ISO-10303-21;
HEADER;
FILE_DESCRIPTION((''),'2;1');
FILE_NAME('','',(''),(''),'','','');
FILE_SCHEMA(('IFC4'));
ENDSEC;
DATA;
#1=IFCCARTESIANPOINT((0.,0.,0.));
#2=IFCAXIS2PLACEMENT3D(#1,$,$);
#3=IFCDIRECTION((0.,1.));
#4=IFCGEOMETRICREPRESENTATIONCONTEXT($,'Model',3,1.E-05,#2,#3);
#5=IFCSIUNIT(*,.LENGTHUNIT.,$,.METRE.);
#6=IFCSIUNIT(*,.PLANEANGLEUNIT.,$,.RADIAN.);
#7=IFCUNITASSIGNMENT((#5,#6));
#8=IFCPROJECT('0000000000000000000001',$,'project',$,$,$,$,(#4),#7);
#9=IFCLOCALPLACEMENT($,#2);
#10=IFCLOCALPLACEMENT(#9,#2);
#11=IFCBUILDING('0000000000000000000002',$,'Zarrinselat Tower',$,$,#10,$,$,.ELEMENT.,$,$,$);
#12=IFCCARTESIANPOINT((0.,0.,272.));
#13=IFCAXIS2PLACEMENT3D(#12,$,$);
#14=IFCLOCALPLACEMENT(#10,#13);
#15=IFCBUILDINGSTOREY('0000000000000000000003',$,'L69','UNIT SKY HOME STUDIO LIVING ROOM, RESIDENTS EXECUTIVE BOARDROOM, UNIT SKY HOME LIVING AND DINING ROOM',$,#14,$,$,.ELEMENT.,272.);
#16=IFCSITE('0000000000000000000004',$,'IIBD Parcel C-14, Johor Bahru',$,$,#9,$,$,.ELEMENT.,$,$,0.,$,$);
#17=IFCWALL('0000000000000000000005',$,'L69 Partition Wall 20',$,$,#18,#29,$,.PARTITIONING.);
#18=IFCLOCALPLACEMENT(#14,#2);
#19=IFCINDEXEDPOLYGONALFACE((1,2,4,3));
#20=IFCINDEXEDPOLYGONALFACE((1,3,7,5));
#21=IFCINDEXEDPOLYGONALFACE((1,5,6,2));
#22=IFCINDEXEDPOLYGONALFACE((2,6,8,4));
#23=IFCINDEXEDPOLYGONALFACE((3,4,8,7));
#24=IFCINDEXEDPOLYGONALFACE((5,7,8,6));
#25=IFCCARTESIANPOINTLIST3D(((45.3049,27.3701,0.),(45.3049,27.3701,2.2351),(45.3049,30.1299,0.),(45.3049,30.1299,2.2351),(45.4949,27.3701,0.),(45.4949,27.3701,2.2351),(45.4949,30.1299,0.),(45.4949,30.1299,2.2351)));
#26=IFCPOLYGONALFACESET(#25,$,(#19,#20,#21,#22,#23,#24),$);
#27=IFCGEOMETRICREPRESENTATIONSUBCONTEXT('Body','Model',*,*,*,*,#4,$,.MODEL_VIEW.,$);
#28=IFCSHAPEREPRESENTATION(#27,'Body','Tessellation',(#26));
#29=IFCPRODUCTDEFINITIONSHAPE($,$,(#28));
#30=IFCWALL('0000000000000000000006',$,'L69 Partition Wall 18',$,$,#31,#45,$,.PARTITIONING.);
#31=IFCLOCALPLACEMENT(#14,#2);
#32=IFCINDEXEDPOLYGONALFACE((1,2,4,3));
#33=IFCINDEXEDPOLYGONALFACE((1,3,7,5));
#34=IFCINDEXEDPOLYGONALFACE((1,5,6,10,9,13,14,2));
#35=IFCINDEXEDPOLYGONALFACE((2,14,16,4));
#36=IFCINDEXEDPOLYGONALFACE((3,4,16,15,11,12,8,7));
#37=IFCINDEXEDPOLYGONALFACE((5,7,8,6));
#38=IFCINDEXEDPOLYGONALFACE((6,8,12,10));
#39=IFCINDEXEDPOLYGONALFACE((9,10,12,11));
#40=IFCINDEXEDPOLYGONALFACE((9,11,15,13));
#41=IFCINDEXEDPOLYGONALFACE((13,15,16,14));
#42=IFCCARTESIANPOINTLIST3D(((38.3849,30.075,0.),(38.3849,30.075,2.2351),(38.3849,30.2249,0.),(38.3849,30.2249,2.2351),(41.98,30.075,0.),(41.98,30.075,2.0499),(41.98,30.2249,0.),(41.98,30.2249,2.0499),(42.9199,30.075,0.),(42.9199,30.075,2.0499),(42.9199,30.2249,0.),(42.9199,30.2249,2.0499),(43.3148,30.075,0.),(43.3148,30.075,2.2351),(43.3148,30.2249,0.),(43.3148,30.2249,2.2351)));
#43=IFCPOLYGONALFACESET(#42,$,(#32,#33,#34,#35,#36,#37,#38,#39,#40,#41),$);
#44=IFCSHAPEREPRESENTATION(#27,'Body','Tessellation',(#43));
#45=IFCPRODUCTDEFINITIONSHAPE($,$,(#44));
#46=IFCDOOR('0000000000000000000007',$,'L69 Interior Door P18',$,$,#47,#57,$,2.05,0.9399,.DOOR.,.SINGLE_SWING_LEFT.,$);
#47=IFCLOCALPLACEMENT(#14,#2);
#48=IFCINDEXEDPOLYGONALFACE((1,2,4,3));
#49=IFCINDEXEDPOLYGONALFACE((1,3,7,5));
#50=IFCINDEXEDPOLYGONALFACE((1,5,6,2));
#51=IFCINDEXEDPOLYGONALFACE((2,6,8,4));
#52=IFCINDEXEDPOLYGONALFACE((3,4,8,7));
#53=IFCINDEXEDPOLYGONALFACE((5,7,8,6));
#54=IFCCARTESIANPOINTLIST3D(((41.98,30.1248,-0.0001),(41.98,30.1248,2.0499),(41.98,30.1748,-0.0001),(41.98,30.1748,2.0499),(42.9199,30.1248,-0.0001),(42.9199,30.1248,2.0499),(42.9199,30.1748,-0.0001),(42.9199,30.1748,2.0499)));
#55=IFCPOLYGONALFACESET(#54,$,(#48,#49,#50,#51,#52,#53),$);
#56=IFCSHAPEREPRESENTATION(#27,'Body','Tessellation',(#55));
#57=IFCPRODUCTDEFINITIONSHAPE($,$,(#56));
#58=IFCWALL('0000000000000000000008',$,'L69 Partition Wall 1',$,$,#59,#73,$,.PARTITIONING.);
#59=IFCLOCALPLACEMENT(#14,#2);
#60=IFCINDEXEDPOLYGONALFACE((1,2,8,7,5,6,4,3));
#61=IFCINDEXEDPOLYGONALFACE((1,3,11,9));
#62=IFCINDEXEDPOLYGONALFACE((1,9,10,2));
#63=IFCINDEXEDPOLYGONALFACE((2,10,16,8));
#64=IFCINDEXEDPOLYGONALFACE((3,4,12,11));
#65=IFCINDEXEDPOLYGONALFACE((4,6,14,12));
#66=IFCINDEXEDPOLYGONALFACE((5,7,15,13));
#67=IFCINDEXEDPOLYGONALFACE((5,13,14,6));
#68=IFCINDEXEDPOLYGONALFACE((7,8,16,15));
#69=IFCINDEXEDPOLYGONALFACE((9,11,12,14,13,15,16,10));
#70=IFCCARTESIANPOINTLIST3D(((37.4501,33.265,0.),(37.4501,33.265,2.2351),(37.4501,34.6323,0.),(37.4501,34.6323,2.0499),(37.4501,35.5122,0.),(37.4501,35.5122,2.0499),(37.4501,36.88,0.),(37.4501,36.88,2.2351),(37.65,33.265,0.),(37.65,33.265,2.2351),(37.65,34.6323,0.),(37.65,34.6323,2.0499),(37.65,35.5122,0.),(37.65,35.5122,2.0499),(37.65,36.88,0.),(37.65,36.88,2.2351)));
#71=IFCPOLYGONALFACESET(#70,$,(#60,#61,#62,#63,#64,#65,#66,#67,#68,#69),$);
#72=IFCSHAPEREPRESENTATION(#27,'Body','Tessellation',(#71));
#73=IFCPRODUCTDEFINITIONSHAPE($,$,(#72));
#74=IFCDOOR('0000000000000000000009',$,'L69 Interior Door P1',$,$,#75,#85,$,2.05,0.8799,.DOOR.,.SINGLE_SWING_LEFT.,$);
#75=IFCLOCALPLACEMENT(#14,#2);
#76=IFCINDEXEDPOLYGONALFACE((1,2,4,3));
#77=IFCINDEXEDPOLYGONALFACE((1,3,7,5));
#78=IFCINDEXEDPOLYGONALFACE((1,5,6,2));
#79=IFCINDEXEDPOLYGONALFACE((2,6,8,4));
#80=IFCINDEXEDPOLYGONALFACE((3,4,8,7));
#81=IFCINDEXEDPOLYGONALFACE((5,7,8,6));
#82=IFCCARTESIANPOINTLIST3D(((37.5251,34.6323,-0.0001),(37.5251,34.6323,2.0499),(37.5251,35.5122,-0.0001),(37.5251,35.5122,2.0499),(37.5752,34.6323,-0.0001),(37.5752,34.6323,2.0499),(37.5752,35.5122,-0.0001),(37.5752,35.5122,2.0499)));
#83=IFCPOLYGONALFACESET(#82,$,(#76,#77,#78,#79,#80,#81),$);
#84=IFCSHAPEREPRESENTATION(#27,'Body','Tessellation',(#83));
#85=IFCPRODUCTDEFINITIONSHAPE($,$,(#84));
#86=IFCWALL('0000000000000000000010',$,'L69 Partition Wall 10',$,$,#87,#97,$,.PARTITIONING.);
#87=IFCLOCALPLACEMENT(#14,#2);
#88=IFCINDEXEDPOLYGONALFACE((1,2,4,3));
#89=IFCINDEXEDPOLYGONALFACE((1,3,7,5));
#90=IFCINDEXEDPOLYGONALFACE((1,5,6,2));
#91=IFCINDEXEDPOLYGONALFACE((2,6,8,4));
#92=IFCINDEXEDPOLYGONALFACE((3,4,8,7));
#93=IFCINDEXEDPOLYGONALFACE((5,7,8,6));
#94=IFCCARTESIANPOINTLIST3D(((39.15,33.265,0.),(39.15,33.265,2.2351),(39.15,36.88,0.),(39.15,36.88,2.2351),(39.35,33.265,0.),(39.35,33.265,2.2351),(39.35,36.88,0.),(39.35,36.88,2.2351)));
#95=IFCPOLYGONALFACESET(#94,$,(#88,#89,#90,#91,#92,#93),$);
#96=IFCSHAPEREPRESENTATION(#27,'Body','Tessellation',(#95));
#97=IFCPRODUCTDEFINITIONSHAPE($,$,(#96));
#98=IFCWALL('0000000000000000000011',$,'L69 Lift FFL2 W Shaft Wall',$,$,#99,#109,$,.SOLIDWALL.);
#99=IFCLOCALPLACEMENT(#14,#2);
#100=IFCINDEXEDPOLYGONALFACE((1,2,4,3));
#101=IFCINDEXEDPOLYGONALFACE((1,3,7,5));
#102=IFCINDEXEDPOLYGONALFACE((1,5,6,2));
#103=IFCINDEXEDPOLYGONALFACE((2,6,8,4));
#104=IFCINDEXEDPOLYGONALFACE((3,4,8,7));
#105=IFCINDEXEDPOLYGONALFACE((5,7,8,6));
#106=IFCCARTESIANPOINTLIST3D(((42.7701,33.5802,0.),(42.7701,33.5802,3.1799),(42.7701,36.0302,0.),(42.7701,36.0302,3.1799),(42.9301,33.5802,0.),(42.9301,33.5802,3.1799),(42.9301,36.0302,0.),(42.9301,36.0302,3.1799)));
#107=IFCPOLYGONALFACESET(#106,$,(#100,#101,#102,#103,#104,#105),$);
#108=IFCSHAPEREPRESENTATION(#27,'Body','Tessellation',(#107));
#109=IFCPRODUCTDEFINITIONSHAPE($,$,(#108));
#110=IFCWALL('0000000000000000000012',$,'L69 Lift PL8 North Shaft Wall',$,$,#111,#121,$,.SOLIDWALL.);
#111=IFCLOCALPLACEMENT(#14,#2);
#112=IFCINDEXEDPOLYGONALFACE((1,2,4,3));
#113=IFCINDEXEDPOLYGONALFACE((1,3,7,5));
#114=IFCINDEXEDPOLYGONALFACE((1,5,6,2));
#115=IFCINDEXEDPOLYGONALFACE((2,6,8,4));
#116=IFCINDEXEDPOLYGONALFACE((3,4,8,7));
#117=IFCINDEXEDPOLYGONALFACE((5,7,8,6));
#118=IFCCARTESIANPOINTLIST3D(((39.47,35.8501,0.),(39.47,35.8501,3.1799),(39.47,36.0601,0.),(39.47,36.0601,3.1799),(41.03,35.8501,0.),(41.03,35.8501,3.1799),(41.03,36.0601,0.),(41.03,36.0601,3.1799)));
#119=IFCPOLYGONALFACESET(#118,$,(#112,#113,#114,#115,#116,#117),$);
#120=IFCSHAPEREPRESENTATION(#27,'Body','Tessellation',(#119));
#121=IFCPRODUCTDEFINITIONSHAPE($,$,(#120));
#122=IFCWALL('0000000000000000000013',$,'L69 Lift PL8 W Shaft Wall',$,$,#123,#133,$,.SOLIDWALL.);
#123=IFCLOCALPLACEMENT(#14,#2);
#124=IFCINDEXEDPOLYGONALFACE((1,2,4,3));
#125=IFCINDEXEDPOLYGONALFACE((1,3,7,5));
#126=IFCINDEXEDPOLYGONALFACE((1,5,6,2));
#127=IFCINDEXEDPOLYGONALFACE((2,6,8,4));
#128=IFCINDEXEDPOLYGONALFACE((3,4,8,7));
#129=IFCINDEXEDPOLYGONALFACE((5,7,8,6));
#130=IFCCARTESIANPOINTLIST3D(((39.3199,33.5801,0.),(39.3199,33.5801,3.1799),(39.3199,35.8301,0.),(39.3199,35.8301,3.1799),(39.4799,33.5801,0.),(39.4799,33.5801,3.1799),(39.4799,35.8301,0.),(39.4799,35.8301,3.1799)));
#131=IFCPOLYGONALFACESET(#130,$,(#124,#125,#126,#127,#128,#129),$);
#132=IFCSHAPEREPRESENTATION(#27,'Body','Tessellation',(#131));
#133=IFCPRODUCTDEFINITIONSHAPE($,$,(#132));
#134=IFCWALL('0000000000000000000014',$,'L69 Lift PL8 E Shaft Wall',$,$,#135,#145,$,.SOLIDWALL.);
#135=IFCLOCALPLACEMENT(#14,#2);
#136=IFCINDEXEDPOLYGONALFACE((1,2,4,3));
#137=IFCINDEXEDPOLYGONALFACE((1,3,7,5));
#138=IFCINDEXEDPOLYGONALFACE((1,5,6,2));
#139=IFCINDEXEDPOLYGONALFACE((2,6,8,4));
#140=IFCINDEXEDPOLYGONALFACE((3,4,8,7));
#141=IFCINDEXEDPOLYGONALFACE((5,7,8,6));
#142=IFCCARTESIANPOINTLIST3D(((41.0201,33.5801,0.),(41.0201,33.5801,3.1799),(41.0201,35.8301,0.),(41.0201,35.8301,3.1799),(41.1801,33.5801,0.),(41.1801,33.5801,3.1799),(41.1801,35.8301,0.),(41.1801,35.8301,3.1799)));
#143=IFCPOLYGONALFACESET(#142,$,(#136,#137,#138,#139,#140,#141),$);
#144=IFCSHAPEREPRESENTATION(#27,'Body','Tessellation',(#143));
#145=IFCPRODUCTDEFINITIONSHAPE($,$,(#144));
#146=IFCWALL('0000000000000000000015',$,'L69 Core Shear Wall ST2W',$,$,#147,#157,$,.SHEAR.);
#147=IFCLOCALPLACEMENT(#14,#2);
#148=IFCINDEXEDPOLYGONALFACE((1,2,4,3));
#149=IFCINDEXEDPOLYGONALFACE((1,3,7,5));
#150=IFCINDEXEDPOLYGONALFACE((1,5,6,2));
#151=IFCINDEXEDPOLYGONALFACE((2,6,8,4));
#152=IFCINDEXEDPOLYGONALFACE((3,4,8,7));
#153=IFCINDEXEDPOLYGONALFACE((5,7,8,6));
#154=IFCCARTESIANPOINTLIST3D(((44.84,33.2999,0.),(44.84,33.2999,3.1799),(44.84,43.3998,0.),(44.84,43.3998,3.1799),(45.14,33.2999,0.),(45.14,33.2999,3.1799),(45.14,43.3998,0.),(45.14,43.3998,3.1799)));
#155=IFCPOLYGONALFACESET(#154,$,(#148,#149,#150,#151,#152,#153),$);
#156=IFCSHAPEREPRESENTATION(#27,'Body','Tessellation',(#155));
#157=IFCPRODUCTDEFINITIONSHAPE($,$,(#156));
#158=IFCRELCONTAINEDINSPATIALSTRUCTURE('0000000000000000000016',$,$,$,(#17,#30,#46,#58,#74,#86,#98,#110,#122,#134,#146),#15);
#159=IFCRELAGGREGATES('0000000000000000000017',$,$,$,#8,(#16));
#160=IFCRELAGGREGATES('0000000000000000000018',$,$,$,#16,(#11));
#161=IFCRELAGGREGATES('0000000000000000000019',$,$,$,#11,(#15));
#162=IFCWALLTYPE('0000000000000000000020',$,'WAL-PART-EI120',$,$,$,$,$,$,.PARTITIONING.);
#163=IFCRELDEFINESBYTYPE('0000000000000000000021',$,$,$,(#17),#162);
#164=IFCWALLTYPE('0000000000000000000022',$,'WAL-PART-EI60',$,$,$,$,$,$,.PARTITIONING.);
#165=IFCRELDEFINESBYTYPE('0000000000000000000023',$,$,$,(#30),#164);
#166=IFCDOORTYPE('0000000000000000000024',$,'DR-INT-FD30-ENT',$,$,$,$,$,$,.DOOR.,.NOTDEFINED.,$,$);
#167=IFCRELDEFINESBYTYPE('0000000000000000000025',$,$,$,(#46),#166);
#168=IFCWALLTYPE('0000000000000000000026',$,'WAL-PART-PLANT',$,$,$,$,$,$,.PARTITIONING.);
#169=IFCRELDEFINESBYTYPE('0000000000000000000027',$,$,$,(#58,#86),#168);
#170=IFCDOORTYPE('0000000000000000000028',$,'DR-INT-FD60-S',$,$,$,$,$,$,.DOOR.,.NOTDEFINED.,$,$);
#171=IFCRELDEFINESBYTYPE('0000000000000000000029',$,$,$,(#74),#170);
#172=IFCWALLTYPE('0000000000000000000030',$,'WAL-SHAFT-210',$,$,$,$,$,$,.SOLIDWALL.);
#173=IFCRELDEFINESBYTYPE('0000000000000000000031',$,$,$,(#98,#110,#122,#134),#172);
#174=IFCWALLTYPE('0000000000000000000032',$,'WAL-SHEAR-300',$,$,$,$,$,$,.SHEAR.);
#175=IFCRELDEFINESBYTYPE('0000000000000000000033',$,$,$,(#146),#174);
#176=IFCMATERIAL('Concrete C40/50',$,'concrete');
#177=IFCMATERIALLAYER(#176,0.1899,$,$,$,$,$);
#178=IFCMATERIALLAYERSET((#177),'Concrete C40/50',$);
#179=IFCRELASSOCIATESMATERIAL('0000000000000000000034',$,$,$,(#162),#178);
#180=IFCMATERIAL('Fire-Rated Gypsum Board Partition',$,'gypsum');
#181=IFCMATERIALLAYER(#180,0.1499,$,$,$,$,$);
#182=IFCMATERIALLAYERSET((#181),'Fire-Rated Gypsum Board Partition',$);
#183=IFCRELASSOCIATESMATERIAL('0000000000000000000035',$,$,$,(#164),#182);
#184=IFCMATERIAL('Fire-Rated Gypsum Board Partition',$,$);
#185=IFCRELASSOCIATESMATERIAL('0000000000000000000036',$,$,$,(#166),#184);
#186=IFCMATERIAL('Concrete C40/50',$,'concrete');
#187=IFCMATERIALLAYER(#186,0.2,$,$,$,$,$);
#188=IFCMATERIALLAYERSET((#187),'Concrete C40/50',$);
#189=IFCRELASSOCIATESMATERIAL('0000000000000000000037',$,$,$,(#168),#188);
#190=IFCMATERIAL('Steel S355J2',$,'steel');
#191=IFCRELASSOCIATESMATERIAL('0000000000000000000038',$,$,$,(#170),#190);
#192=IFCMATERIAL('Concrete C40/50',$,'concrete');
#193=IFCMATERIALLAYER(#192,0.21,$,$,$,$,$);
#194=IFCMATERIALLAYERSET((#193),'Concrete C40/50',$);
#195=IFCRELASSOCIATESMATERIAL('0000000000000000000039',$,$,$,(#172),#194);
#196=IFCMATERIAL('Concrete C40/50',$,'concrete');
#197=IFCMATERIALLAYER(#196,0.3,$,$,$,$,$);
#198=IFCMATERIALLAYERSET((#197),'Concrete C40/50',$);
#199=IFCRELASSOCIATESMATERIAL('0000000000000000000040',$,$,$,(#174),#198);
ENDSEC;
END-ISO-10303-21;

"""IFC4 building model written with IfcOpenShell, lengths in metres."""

from ifc_helpers import new_model, si_unit, direction, frame, frame_2d, origin, place, context, subcontext, project, spatial, rectangle, extrude, material, layer, layer_set, type_object, element, fill, save


model = new_model("IFC4")

# Units and contexts
model_context = context("Model", 3, precision=1e-05, world=origin(), true_north=direction((0.0, 1.0)))
body_context = subcontext(model_context, "Body", "Model", "MODEL_VIEW")
ifc_project = project(units=[si_unit("LENGTHUNIT", "METRE"), si_unit("PLANEANGLEUNIT", "RADIAN")], contexts=[model_context])

# Site, building, storey
site_placement = place(None, origin())
site = spatial("IfcSite", under=ifc_project, at=site_placement, Name="IIBD Parcel C-14, Johor Bahru", CompositionType="ELEMENT", RefElevation=0.0)
building_placement = place(site_placement, origin())
building = spatial("IfcBuilding", under=site, at=building_placement, Name="Zarrinselat Tower", CompositionType="ELEMENT")
storey_placement = place(building_placement, frame((0.0, 0.0, 272.0)))
storey = spatial("IfcBuildingStorey", under=building, at=storey_placement, Name="L69", Description="UNIT SKY HOME STUDIO LIVING ROOM, RESIDENTS EXECUTIVE BOARDROOM, UNIT SKY HOME LIVING AND DINING ROOM", CompositionType="ELEMENT", Elevation=272.0)

# Shared definitions
ifc_material_1 = material(Name="Concrete C40/50", Category="concrete")
ifc_layer_1 = layer(ifc_material_1, 0.1899)
ifc_layer_set_1 = layer_set([ifc_layer_1], Name="Concrete C40/50")
wall_type_1 = type_object("IfcWallType", Name="WAL-PART-EI120", PredefinedType="PARTITIONING", material=ifc_layer_set_1)

# Wall
wall_1_placement = place(storey_placement, frame((45.3999, 27.3701, 0.0), z_axis=(0.0, 0.0, 1.0), x_axis=(0.0, 1.0, 0.0)))
element("IfcWall", 1, at=wall_1_placement, inside=storey, type_object=wall_type_1, Name="L69 Partition Wall 20", PredefinedType="PARTITIONING", context=body_context, shape_type="SweptSolid", body=[
    extrude(rectangle(XDim=2.7598, YDim=0.1899, at=frame_2d((1.3799, 0.0))), origin(), (0.0, 0.0, 1.0), 2.2351),
])

# Walls, openings, doors
ifc_material_2 = material(Name="Fire-Rated Gypsum Board Partition", Category="gypsum")
ifc_layer_2 = layer(ifc_material_2, 0.1499)
ifc_layer_set_2 = layer_set([ifc_layer_2], Name="Fire-Rated Gypsum Board Partition")
wall_type_2 = type_object("IfcWallType", Name="WAL-PART-EI60", PredefinedType="PARTITIONING", material=ifc_layer_set_2)
wall_2_placement = place(storey_placement, frame((38.385, 30.1499, 0.0), z_axis=(0.0, 0.0, 1.0), x_axis=(1.0, 0.0, 0.0)))
wall_2 = element("IfcWall", 2, at=wall_2_placement, inside=storey, type_object=wall_type_2, Name="L69 Partition Wall 18", PredefinedType="PARTITIONING", context=body_context, shape_type="SweptSolid", body=[
    extrude(rectangle(XDim=4.9299, YDim=0.1499, at=frame_2d((2.4648, 0.0))), origin(), (0.0, 0.0, 1.0), 2.2351),
])
opening_1_placement = place(wall_2_placement, frame((3.595, 0.0, 0.0)))
opening_1 = element("IfcOpeningElement", 3, at=opening_1_placement, cuts=wall_2, PredefinedType="OPENING", context=body_context, shape_type="SweptSolid", body=[
    extrude(rectangle(XDim=0.9399, YDim=2.05, at=frame_2d((0.47, 1.0249))), frame((0.0, 0.085, 0.0), z_axis=(0.0, -1.0, 0.0), x_axis=(1.0, 0.0, 0.0)), (0.0, 0.0, 1.0), 0.1699),
])
ifc_material_3 = material(Name="Fire-Rated Gypsum Board Partition")
door_type_1 = type_object("IfcDoorType", Name="DR-INT-FD30-ENT", OperationType="NOTDEFINED", PredefinedType="DOOR", material=ifc_material_3)
door_1_placement = place(opening_1_placement, origin())
door_1 = element("IfcDoor", 4, at=door_1_placement, inside=storey, type_object=door_type_1, Name="L69 Interior Door P18", OperationType="SINGLE_SWING_LEFT", OverallHeight=2.05, OverallWidth=0.9399, PredefinedType="DOOR", context=body_context, shape_type="SweptSolid", body=[
    extrude(rectangle(XDim=0.9399, YDim=2.05, at=frame_2d((0.47, 1.0249))), frame((0.0, 0.0249, 0.0), z_axis=(0.0, -1.0, 0.0), x_axis=(1.0, 0.0, 0.0)), (0.0, 0.0, 1.0), 0.05),
])
fill(opening_1, door_1)
ifc_material_4 = material(Name="Concrete C40/50", Category="concrete")
ifc_layer_3 = layer(ifc_material_4, 0.2)
ifc_layer_set_3 = layer_set([ifc_layer_3], Name="Concrete C40/50")
wall_type_3 = type_object("IfcWallType", Name="WAL-PART-PLANT", PredefinedType="PARTITIONING", material=ifc_layer_set_3)
wall_3_placement = place(storey_placement, frame((37.55, 33.2649, 0.0), z_axis=(0.0, 0.0, 1.0), x_axis=(0.0, 1.0, 0.0)))
wall_3 = element("IfcWall", 5, at=wall_3_placement, inside=storey, type_object=wall_type_3, Name="L69 Partition Wall 1", PredefinedType="PARTITIONING", context=body_context, shape_type="SweptSolid", body=[
    extrude(rectangle(XDim=3.615, YDim=0.2, at=frame_2d((1.8076, 0.0))), origin(), (0.0, 0.0, 1.0), 2.2351),
])
opening_2_placement = place(wall_3_placement, frame((1.3674, 0.0, 0.0)))
opening_2 = element("IfcOpeningElement", 6, at=opening_2_placement, cuts=wall_3, PredefinedType="OPENING", context=body_context, shape_type="SweptSolid", body=[
    extrude(rectangle(XDim=0.8799, YDim=2.05, at=frame_2d((0.4399, 1.0249))), frame((0.0, 0.1099, 0.0), z_axis=(0.0, -1.0, 0.0), x_axis=(1.0, 0.0, 0.0)), (0.0, 0.0, 1.0), 0.22),
])
ifc_material_5 = material(Name="Steel S355J2", Category="steel")
door_type_2 = type_object("IfcDoorType", Name="DR-INT-FD60-S", OperationType="NOTDEFINED", PredefinedType="DOOR", material=ifc_material_5)
door_2_placement = place(opening_2_placement, origin())
door_2 = element("IfcDoor", 7, at=door_2_placement, inside=storey, type_object=door_type_2, Name="L69 Interior Door P1", OperationType="SINGLE_SWING_LEFT", OverallHeight=2.05, OverallWidth=0.8799, PredefinedType="DOOR", context=body_context, shape_type="SweptSolid", body=[
    extrude(rectangle(XDim=0.8799, YDim=2.05, at=frame_2d((0.4399, 1.0249))), frame((0.0, 0.0249, 0.0), z_axis=(0.0, -1.0, 0.0), x_axis=(1.0, 0.0, 0.0)), (0.0, 0.0, 1.0), 0.05),
])
fill(opening_2, door_2)

# Walls
wall_4_placement = place(storey_placement, frame((39.25, 33.2649, 0.0), z_axis=(0.0, 0.0, 1.0), x_axis=(0.0, 1.0, 0.0)))
element("IfcWall", 8, at=wall_4_placement, inside=storey, type_object=wall_type_3, Name="L69 Partition Wall 10", PredefinedType="PARTITIONING", context=body_context, shape_type="SweptSolid", body=[
    extrude(rectangle(XDim=3.615, YDim=0.2, at=frame_2d((1.8076, 0.0))), origin(), (0.0, 0.0, 1.0), 2.2351),
])
ifc_material_6 = material(Name="Concrete C40/50", Category="concrete")
ifc_layer_4 = layer(ifc_material_6, 0.21)
ifc_layer_set_4 = layer_set([ifc_layer_4], Name="Concrete C40/50")
wall_type_4 = type_object("IfcWallType", Name="WAL-SHAFT-210", PredefinedType="SOLIDWALL", material=ifc_layer_set_4)
wall_5_placement = place(storey_placement, frame((42.8501, 33.5801, 0.0), z_axis=(0.0, 0.0, 1.0), x_axis=(0.0, 1.0, 0.0)))
element("IfcWall", 9, at=wall_5_placement, inside=storey, type_object=wall_type_4, Name="L69 Lift FFL2 W Shaft Wall", PredefinedType="SOLIDWALL", context=body_context, shape_type="SweptSolid", body=[
    extrude(rectangle(XDim=2.45, YDim=0.1599, at=frame_2d((1.2251, 0.0))), origin(), (0.0, 0.0, 1.0), 3.1799),
])
wall_6_placement = place(storey_placement, frame((39.47, 35.9551, 0.0), z_axis=(0.0, 0.0, 1.0), x_axis=(1.0, 0.0, 0.0)))
element("IfcWall", 10, at=wall_6_placement, inside=storey, type_object=wall_type_4, Name="L69 Lift PL8 North Shaft Wall", PredefinedType="SOLIDWALL", context=body_context, shape_type="SweptSolid", body=[
    extrude(rectangle(XDim=1.5601, YDim=0.21, at=frame_2d((0.78, 0.0))), origin(), (0.0, 0.0, 1.0), 3.1799),
])
for number, where, z_axis, x_axis, name in (
    (11, (39.3999, 33.5801, 0.0), (0.0, 0.0, 1.0), (0.0, 1.0, 0.0), "L69 Lift PL8 W Shaft Wall"),
    (12, (41.1001, 33.5801, 0.0), (0.0, 0.0, 1.0), (0.0, 1.0, 0.0), "L69 Lift PL8 E Shaft Wall"),
):
    element("IfcWall", number, at=place(storey_placement, frame(where, z_axis=z_axis, x_axis=x_axis)), inside=storey, type_object=wall_type_4, Name=name, PredefinedType="SOLIDWALL", context=body_context, shape_type="SweptSolid", body=[
        extrude(rectangle(XDim=2.25, YDim=0.1599, at=frame_2d((1.125, 0.0))), origin(), (0.0, 0.0, 1.0), 3.1799),
    ])
ifc_material_7 = material(Name="Concrete C40/50", Category="concrete")
ifc_layer_5 = layer(ifc_material_7, 0.3)
ifc_layer_set_5 = layer_set([ifc_layer_5], Name="Concrete C40/50")
wall_type_5 = type_object("IfcWallType", Name="WAL-SHEAR-300", PredefinedType="SHEAR", material=ifc_layer_set_5)
wall_7_placement = place(storey_placement, frame((44.99, 33.3, 0.0), z_axis=(0.0, 0.0, 1.0), x_axis=(0.0, 1.0, 0.0)))
element("IfcWall", 13, at=wall_7_placement, inside=storey, type_object=wall_type_5, Name="L69 Core Shear Wall ST2W", PredefinedType="SHEAR", context=body_context, shape_type="SweptSolid", body=[
    extrude(rectangle(XDim=10.0999, YDim=0.3, at=frame_2d((5.0498, 0.0))), origin(), (0.0, 0.0, 1.0), 3.1799),
])

save(model, "model.ifc")
